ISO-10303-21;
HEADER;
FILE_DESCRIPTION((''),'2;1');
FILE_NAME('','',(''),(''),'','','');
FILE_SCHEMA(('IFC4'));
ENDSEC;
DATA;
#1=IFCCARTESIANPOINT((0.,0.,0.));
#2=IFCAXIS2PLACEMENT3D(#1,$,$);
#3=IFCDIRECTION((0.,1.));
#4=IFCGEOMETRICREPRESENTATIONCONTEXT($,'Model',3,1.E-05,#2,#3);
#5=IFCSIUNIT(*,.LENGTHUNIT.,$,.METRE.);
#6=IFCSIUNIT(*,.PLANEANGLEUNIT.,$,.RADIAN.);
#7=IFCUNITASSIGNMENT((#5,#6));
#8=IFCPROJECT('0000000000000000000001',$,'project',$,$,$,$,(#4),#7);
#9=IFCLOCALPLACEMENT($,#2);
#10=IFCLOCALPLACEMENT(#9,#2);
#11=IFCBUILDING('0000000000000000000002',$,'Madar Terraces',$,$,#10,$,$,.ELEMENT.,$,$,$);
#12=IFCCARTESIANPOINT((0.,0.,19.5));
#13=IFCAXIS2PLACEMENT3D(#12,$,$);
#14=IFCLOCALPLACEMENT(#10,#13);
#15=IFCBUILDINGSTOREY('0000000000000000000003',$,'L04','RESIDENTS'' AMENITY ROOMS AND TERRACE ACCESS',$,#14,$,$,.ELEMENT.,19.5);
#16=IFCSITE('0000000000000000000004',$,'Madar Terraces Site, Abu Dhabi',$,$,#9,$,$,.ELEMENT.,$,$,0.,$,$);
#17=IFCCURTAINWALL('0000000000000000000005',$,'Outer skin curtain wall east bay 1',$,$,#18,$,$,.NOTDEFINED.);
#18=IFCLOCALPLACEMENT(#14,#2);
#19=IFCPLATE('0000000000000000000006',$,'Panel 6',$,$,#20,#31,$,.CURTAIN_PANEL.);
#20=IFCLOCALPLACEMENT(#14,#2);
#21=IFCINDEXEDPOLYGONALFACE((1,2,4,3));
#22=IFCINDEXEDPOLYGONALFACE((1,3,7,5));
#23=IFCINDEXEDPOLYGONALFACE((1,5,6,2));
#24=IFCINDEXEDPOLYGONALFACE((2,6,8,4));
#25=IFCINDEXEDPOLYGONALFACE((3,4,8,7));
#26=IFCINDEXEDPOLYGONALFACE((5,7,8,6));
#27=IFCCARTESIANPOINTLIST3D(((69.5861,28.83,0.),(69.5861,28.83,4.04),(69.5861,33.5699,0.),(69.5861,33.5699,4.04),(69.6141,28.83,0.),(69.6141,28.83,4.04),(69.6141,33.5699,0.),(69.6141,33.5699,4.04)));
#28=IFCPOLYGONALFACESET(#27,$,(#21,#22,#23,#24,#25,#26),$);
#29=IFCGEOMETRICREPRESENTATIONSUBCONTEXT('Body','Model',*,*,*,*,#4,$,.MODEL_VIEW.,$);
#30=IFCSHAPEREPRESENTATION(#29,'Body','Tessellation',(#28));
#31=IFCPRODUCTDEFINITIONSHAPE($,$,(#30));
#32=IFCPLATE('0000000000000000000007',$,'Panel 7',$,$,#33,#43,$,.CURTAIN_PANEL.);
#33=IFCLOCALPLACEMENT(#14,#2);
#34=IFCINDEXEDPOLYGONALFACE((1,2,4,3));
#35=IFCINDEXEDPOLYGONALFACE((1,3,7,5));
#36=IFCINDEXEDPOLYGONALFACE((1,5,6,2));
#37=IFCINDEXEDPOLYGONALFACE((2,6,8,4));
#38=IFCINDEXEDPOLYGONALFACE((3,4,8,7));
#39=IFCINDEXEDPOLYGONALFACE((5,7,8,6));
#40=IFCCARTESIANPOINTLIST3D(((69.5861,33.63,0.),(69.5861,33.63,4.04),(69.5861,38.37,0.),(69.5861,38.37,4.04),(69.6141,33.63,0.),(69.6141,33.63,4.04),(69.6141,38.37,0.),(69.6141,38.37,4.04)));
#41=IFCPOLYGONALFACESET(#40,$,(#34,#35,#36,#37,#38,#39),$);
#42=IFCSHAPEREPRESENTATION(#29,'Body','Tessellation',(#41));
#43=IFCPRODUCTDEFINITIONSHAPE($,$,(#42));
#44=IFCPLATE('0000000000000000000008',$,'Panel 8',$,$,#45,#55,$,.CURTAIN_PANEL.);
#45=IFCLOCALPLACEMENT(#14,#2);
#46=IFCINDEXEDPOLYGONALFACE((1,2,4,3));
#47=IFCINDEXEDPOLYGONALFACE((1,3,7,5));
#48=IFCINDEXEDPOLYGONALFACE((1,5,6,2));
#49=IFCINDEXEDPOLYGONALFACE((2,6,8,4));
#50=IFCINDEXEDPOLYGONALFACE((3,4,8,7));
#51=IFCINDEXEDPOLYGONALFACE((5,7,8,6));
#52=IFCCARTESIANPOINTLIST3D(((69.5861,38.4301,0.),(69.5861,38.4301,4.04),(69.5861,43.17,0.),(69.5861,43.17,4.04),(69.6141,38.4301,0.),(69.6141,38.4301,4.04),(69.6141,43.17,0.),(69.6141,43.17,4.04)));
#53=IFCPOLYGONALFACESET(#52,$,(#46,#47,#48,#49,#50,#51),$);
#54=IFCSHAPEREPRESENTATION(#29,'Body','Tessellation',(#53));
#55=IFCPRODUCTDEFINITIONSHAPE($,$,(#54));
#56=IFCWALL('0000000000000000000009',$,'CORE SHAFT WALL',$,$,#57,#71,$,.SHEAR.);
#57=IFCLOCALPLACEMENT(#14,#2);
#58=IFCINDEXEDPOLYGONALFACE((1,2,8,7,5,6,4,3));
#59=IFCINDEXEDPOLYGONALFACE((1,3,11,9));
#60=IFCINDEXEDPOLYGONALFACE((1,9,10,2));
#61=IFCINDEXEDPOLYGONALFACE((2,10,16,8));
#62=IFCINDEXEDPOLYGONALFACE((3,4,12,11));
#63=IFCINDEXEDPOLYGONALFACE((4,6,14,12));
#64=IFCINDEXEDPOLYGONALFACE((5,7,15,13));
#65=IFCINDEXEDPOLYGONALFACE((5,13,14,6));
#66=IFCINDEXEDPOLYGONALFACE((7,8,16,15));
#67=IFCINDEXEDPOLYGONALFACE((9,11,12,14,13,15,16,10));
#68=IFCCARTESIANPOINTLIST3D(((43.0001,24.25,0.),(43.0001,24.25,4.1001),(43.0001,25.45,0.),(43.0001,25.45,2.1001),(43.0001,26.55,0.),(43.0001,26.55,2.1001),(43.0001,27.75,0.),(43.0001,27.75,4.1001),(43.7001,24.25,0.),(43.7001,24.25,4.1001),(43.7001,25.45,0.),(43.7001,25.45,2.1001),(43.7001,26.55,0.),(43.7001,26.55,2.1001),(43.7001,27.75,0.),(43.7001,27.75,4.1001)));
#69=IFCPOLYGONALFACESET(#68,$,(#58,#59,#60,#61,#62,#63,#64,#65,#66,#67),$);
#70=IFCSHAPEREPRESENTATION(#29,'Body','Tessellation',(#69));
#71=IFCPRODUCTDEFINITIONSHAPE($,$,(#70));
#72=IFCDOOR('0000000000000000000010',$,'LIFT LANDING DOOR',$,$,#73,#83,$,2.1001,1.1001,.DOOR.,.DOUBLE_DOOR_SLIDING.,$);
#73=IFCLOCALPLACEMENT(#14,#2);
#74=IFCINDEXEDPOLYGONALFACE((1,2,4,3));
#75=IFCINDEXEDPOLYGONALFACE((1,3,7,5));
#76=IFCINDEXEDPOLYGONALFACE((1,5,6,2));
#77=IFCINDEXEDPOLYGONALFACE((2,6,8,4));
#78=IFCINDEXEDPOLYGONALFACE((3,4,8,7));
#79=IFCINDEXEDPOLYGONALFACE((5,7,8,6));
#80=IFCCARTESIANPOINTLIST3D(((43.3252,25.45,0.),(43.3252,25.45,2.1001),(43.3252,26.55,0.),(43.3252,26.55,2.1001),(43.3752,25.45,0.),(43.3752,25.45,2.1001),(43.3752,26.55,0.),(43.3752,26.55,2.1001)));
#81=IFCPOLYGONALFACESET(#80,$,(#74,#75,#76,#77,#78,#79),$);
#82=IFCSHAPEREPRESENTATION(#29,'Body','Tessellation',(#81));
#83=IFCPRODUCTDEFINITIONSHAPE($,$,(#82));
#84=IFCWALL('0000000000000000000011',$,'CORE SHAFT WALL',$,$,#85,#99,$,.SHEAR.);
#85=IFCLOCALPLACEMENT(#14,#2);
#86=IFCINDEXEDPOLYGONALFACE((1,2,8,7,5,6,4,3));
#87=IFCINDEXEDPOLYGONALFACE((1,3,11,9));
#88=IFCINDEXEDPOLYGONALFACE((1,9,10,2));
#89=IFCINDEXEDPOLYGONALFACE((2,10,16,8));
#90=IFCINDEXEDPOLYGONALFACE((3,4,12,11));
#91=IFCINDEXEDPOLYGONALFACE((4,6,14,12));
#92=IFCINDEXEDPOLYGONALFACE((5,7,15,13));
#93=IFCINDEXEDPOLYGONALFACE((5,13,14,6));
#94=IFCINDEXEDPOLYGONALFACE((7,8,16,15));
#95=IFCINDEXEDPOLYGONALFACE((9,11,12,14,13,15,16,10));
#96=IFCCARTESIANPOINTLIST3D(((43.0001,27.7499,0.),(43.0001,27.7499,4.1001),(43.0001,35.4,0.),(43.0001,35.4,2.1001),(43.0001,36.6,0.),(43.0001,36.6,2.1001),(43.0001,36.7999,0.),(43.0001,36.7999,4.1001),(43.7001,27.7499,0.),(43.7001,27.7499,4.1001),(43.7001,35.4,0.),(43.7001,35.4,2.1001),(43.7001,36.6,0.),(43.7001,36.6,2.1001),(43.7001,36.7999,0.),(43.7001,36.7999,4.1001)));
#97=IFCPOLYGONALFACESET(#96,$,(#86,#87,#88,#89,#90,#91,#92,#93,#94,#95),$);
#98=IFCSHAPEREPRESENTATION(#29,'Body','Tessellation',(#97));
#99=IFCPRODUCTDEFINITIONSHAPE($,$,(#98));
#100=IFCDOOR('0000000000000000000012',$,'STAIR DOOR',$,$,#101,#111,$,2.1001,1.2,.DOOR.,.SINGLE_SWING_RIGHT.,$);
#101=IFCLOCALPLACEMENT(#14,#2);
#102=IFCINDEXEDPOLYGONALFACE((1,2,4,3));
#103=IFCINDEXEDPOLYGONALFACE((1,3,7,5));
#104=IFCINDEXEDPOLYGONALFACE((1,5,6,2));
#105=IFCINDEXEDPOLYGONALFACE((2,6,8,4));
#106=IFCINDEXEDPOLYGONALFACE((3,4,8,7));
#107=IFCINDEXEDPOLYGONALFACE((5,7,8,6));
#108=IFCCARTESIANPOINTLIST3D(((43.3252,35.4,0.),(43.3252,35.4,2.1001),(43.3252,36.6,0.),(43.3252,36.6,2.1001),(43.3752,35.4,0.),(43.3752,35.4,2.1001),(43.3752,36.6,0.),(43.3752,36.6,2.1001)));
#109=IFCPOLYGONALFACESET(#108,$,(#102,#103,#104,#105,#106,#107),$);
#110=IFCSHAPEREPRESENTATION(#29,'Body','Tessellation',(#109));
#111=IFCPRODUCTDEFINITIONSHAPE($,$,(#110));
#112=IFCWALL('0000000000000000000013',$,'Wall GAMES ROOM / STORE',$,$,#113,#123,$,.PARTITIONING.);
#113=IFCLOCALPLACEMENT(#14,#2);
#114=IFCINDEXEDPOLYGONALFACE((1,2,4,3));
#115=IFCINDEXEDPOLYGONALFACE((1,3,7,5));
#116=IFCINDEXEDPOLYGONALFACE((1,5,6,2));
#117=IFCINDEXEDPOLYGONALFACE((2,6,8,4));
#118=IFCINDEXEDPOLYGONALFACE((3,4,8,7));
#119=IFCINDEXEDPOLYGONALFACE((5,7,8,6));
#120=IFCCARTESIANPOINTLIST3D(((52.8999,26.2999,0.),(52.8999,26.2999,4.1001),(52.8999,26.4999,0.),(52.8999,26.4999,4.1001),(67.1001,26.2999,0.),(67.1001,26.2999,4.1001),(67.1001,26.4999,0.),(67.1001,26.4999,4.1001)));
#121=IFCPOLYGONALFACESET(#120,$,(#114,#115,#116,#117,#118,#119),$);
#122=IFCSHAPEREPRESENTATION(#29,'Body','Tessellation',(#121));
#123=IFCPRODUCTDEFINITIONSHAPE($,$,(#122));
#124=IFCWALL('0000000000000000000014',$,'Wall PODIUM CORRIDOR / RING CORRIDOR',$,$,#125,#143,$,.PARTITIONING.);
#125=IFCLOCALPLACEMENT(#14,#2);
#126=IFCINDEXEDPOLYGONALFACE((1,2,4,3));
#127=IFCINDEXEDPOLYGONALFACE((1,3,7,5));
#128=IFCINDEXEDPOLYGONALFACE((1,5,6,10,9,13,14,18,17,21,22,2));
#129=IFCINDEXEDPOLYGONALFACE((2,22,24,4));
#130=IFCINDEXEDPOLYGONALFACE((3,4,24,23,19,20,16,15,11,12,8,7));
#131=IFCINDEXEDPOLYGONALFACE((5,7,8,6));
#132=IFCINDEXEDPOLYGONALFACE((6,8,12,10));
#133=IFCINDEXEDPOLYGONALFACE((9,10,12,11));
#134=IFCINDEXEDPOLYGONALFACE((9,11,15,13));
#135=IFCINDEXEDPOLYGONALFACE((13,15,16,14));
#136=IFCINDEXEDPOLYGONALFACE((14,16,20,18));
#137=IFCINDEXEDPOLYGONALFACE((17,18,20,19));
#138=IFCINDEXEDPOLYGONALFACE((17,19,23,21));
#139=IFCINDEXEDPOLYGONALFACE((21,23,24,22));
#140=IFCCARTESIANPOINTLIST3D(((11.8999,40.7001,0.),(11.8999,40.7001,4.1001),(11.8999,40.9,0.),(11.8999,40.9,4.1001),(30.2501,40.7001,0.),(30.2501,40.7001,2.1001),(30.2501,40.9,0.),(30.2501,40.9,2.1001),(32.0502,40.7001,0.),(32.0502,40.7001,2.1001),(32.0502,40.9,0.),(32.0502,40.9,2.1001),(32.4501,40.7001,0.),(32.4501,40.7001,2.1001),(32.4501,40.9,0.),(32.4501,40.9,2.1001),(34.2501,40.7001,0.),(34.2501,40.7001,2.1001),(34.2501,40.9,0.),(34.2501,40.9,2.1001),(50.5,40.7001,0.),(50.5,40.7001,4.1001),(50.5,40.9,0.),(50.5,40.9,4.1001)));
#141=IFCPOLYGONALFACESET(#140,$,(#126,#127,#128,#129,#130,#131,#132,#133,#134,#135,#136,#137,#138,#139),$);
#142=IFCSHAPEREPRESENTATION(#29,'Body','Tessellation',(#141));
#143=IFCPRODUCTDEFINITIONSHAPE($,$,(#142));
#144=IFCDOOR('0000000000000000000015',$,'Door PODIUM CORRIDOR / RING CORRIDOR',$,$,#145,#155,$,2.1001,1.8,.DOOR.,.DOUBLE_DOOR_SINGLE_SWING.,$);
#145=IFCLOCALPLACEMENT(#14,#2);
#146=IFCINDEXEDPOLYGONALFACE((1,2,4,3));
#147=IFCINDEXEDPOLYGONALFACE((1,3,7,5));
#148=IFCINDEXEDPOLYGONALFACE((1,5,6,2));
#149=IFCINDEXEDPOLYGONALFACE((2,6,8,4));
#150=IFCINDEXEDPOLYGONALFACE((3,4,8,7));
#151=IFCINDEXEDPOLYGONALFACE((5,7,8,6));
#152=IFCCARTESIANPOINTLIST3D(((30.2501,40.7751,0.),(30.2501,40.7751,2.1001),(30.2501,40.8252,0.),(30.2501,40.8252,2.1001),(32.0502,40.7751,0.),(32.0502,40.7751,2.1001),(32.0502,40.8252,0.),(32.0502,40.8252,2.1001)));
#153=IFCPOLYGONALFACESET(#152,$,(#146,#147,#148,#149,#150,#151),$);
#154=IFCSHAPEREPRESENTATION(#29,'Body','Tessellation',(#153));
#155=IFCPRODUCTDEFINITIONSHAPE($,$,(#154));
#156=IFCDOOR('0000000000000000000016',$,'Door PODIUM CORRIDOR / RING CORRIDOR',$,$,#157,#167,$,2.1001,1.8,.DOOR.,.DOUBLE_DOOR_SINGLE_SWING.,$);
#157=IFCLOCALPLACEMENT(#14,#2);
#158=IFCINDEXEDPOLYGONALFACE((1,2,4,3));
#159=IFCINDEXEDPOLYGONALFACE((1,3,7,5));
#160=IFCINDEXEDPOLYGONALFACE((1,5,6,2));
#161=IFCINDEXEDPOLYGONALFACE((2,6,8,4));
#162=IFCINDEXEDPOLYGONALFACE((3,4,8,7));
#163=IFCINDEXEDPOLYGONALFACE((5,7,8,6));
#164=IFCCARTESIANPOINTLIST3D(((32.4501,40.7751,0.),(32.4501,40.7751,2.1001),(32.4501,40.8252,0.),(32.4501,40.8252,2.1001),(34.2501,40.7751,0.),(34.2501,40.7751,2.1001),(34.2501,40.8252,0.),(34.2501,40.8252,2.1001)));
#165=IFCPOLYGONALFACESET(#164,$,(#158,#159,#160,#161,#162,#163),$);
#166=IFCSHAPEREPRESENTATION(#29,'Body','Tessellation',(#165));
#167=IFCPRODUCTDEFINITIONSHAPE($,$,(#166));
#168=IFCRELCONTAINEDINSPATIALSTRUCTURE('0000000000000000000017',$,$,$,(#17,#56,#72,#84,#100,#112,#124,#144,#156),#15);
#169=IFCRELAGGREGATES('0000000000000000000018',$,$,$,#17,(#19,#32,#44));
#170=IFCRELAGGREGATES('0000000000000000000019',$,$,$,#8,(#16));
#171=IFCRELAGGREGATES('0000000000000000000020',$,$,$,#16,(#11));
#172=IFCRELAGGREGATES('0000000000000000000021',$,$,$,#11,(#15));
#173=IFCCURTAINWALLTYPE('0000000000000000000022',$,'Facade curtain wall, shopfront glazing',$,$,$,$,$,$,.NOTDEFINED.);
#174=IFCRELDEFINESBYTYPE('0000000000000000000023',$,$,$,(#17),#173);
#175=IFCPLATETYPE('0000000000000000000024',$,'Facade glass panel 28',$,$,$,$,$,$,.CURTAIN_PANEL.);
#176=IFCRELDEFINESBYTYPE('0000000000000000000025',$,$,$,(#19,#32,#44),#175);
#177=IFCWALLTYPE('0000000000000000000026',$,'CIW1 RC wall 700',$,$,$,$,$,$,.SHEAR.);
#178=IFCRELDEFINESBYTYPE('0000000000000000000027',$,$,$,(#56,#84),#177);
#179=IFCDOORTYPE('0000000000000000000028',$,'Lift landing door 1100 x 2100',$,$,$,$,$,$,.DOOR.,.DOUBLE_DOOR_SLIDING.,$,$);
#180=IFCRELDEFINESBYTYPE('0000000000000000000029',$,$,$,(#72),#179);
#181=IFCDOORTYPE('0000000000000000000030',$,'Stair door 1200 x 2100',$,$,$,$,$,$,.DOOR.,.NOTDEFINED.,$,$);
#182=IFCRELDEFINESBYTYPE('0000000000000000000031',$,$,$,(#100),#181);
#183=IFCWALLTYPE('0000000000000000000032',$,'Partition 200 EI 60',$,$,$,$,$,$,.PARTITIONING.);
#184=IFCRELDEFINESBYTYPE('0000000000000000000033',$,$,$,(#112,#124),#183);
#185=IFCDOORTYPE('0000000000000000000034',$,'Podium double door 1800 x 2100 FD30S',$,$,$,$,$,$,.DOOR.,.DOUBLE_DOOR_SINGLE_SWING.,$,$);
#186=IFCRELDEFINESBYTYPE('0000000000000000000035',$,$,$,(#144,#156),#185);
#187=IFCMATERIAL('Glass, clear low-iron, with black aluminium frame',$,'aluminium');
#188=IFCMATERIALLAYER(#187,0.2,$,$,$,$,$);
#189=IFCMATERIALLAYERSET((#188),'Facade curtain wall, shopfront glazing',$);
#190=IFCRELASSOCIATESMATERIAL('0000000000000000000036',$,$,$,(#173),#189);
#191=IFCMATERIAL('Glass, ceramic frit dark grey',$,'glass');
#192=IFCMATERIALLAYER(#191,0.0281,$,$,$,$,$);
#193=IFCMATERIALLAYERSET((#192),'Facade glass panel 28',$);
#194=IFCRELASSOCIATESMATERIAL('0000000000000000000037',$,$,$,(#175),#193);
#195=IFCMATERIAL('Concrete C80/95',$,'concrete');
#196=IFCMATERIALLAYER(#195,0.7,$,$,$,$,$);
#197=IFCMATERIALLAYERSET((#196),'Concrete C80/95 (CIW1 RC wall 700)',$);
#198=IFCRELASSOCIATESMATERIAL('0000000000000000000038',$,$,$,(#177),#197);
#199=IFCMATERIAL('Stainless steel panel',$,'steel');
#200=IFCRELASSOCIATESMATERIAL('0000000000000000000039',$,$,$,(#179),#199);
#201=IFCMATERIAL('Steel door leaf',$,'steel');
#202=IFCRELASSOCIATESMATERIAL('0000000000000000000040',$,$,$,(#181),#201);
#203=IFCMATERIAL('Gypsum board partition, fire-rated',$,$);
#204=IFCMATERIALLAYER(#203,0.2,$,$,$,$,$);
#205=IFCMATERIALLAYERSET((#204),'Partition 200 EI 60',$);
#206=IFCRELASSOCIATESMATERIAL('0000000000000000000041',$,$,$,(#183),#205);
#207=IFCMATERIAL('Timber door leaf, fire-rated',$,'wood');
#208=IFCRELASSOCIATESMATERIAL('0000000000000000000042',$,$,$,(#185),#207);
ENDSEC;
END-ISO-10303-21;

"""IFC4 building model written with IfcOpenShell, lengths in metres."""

from ifc_helpers import new_model, si_unit, direction, frame, frame_2d, origin, origin_2d, place, context, subcontext, project, spatial, rectangle, extrude, material, layer, layer_set, type_object, element, fill, aggregate, save


model = new_model("IFC4")

# Units and contexts
model_context = context("Model", 3, precision=1e-05, world=origin(), true_north=direction((0.0, 1.0)))
body_context = subcontext(model_context, "Body", "Model", "MODEL_VIEW")
ifc_project = project(units=[si_unit("LENGTHUNIT", "METRE"), si_unit("PLANEANGLEUNIT", "RADIAN")], contexts=[model_context])

# Site, building, storey
site_placement = place(None, origin())
site = spatial("IfcSite", under=ifc_project, at=site_placement, Name="Madar Terraces Site, Abu Dhabi", CompositionType="ELEMENT", RefElevation=0.0)
building_placement = place(site_placement, origin())
building = spatial("IfcBuilding", under=site, at=building_placement, Name="Madar Terraces", CompositionType="ELEMENT")
storey_placement = place(building_placement, frame((0.0, 0.0, 19.5)))
storey = spatial("IfcBuildingStorey", under=building, at=storey_placement, Name="L04", Description="RESIDENTS' AMENITY ROOMS AND TERRACE ACCESS", CompositionType="ELEMENT", Elevation=19.5)

# Curtain wall, plates
ifc_material_1 = material(Name="Glass, clear low-iron, with black aluminium frame", Category="aluminium")
ifc_layer_1 = layer(ifc_material_1, 0.2)
ifc_layer_set_1 = layer_set([ifc_layer_1], Name="Facade curtain wall, shopfront glazing")
curtain_wall_type = type_object("IfcCurtainWallType", Name="Facade curtain wall, shopfront glazing", PredefinedType="NOTDEFINED", material=ifc_layer_set_1)
curtain_wall_placement = place(storey_placement, origin())
curtain_wall = element("IfcCurtainWall", 1, at=curtain_wall_placement, inside=storey, type_object=curtain_wall_type, Name="Outer skin curtain wall east bay 1", PredefinedType="NOTDEFINED")
ifc_material_2 = material(Name="Glass, ceramic frit dark grey", Category="glass")
ifc_layer_2 = layer(ifc_material_2, 0.0281)
ifc_layer_set_2 = layer_set([ifc_layer_2], Name="Facade glass panel 28")
plate_type = type_object("IfcPlateType", Name="Facade glass panel 28", PredefinedType="CURTAIN_PANEL", material=ifc_layer_set_2)
plate_1_placement = place(storey_placement, frame((69.6001, 31.2, 0.0), z_axis=(0.0, 0.0, 1.0), x_axis=(0.0, 1.0, 0.0)))
plate_1 = element("IfcPlate", 2, at=plate_1_placement, type_object=plate_type, Name="Panel 6", PredefinedType="CURTAIN_PANEL", context=body_context, shape_type="SweptSolid", body=[
    extrude(rectangle(XDim=4.74, YDim=0.0281, at=origin_2d()), origin(), (0.0, 0.0, 1.0), 4.04),
])
plate_2_placement = place(storey_placement, frame((69.6001, 36.0, 0.0), z_axis=(0.0, 0.0, 1.0), x_axis=(0.0, 1.0, 0.0)))
plate_2 = element("IfcPlate", 3, at=plate_2_placement, type_object=plate_type, Name="Panel 7", PredefinedType="CURTAIN_PANEL", context=body_context, shape_type="SweptSolid", body=[
    extrude(rectangle(XDim=4.74, YDim=0.0281, at=origin_2d()), origin(), (0.0, 0.0, 1.0), 4.04),
])
plate_3_placement = place(storey_placement, frame((69.6001, 40.8, 0.0), z_axis=(0.0, 0.0, 1.0), x_axis=(0.0, 1.0, 0.0)))
plate_3 = element("IfcPlate", 4, at=plate_3_placement, type_object=plate_type, Name="Panel 8", PredefinedType="CURTAIN_PANEL", context=body_context, shape_type="SweptSolid", body=[
    extrude(rectangle(XDim=4.74, YDim=0.0281, at=origin_2d()), origin(), (0.0, 0.0, 1.0), 4.04),
])
aggregate(curtain_wall, [plate_1, plate_2, plate_3])

# Walls, openings, doors
ifc_material_3 = material(Name="Concrete C80/95", Category="concrete")
ifc_layer_3 = layer(ifc_material_3, 0.7)
ifc_layer_set_3 = layer_set([ifc_layer_3], Name="Concrete C80/95 (CIW1 RC wall 700)")
wall_type_1 = type_object("IfcWallType", Name="CIW1 RC wall 700", PredefinedType="SHEAR", material=ifc_layer_set_3)
wall_1_placement = place(storey_placement, frame((43.3501, 24.25, 0.0), z_axis=(0.0, 0.0, 1.0), x_axis=(0.0, 1.0, 0.0)))
wall_1 = element("IfcWall", 5, at=wall_1_placement, inside=storey, type_object=wall_type_1, Name="CORE SHAFT WALL", PredefinedType="SHEAR", context=body_context, shape_type="SweptSolid", body=[
    extrude(rectangle(XDim=3.5, YDim=0.7, at=frame_2d((1.75, 0.0))), origin(), (0.0, 0.0, 1.0), 4.1001),
])
opening_1_placement = place(wall_1_placement, frame((1.2, 0.0, 0.0)))
opening_1 = element("IfcOpeningElement", 6, at=opening_1_placement, cuts=wall_1, PredefinedType="OPENING", context=body_context, shape_type="SweptSolid", body=[
    extrude(rectangle(XDim=1.1001, YDim=2.1001, at=frame_2d((0.55, 1.05))), frame((0.0, 0.3599, 0.0), z_axis=(0.0, -1.0, 0.0), x_axis=(1.0, 0.0, 0.0)), (0.0, 0.0, 1.0), 0.72),
])
ifc_material_4 = material(Name="Stainless steel panel", Category="steel")
door_type_1 = type_object("IfcDoorType", Name="Lift landing door 1100 x 2100", OperationType="DOUBLE_DOOR_SLIDING", PredefinedType="DOOR", material=ifc_material_4)
door_1_placement = place(opening_1_placement, origin())
door_1 = element("IfcDoor", 7, at=door_1_placement, inside=storey, type_object=door_type_1, Name="LIFT LANDING DOOR", OperationType="DOUBLE_DOOR_SLIDING", OverallHeight=2.1001, OverallWidth=1.1001, PredefinedType="DOOR", context=body_context, shape_type="SweptSolid", body=[
    extrude(rectangle(XDim=1.1001, YDim=2.1001, at=frame_2d((0.55, 1.05))), frame((0.0, 0.0249, 0.0), z_axis=(0.0, -1.0, 0.0), x_axis=(1.0, 0.0, 0.0)), (0.0, 0.0, 1.0), 0.05),
])
fill(opening_1, door_1)
wall_2_placement = place(storey_placement, frame((43.3501, 27.75, 0.0), z_axis=(0.0, 0.0, 1.0), x_axis=(0.0, 1.0, 0.0)))
wall_2 = element("IfcWall", 8, at=wall_2_placement, inside=storey, type_object=wall_type_1, Name="CORE SHAFT WALL", PredefinedType="SHEAR", context=body_context, shape_type="SweptSolid", body=[
    extrude(rectangle(XDim=9.05, YDim=0.7, at=frame_2d((4.5249, 0.0))), origin(), (0.0, 0.0, 1.0), 4.1001),
])
opening_2_placement = place(wall_2_placement, frame((7.6499, 0.0, 0.0)))
opening_2 = element("IfcOpeningElement", 9, at=opening_2_placement, cuts=wall_2, PredefinedType="OPENING", context=body_context, shape_type="SweptSolid", body=[
    extrude(rectangle(XDim=1.2, YDim=2.1001, at=frame_2d((0.6001, 1.05))), frame((0.0, 0.3599, 0.0), z_axis=(0.0, -1.0, 0.0), x_axis=(1.0, 0.0, 0.0)), (0.0, 0.0, 1.0), 0.72),
])
ifc_material_5 = material(Name="Steel door leaf", Category="steel")
door_type_2 = type_object("IfcDoorType", Name="Stair door 1200 x 2100", OperationType="NOTDEFINED", PredefinedType="DOOR", material=ifc_material_5)
door_2_placement = place(opening_2_placement, origin())
door_2 = element("IfcDoor", 10, at=door_2_placement, inside=storey, type_object=door_type_2, Name="STAIR DOOR", OperationType="SINGLE_SWING_RIGHT", OverallHeight=2.1001, OverallWidth=1.2, PredefinedType="DOOR", context=body_context, shape_type="SweptSolid", body=[
    extrude(rectangle(XDim=1.2, YDim=2.1001, at=frame_2d((0.6001, 1.05))), frame((0.0, 0.0249, 0.0), z_axis=(0.0, -1.0, 0.0), x_axis=(1.0, 0.0, 0.0)), (0.0, 0.0, 1.0), 0.05),
])
fill(opening_2, door_2)

# Wall
ifc_material_6 = material(Name="Gypsum board partition, fire-rated")
ifc_layer_4 = layer(ifc_material_6, 0.2)
ifc_layer_set_4 = layer_set([ifc_layer_4], Name="Partition 200 EI 60")
wall_type_2 = type_object("IfcWallType", Name="Partition 200 EI 60", PredefinedType="PARTITIONING", material=ifc_layer_set_4)
wall_3_placement = place(storey_placement, frame((52.8999, 26.3999, 0.0), z_axis=(0.0, 0.0, 1.0), x_axis=(1.0, 0.0, 0.0)))
element("IfcWall", 11, at=wall_3_placement, inside=storey, type_object=wall_type_2, Name="Wall GAMES ROOM / STORE", PredefinedType="PARTITIONING", context=body_context, shape_type="SweptSolid", body=[
    extrude(rectangle(XDim=14.2002, YDim=0.2, at=frame_2d((7.1001, 0.0))), origin(), (0.0, 0.0, 1.0), 4.1001),
])

# Wall, openings, doors
wall_4_placement = place(storey_placement, frame((50.5, 40.8, 0.0), z_axis=(0.0, 0.0, 1.0), x_axis=(-1.0, 0.0, 0.0)))
wall_4 = element("IfcWall", 12, at=wall_4_placement, inside=storey, type_object=wall_type_2, Name="Wall PODIUM CORRIDOR / RING CORRIDOR", PredefinedType="PARTITIONING", context=body_context, shape_type="SweptSolid", body=[
    extrude(rectangle(XDim=38.6001, YDim=0.2, at=frame_2d((19.3, 0.0))), origin(), (0.0, 0.0, 1.0), 4.1001),
])
opening_3_placement = place(wall_4_placement, frame((18.45, 0.0, 0.0)))
opening_3 = element("IfcOpeningElement", 13, at=opening_3_placement, cuts=wall_4, PredefinedType="OPENING", context=body_context, shape_type="SweptSolid", body=[
    extrude(rectangle(XDim=1.8, YDim=2.1001, at=frame_2d((0.8999, 1.05))), frame((0.0, 0.1099, 0.0), z_axis=(0.0, -1.0, 0.0), x_axis=(1.0, 0.0, 0.0)), (0.0, 0.0, 1.0), 0.22),
])
opening_4_placement = place(wall_4_placement, frame((16.25, 0.0, 0.0)))
opening_4 = element("IfcOpeningElement", 14, at=opening_4_placement, cuts=wall_4, PredefinedType="OPENING", context=body_context, shape_type="SweptSolid", body=[
    extrude(rectangle(XDim=1.8, YDim=2.1001, at=frame_2d((0.8999, 1.05))), frame((0.0, 0.1099, 0.0), z_axis=(0.0, -1.0, 0.0), x_axis=(1.0, 0.0, 0.0)), (0.0, 0.0, 1.0), 0.22),
])
ifc_material_7 = material(Name="Timber door leaf, fire-rated", Category="wood")
door_type_3 = type_object("IfcDoorType", Name="Podium double door 1800 x 2100 FD30S", OperationType="DOUBLE_DOOR_SINGLE_SWING", PredefinedType="DOOR", material=ifc_material_7)
door_3_placement = place(opening_3_placement, origin())
door_3 = element("IfcDoor", 15, at=door_3_placement, inside=storey, type_object=door_type_3, Name="Door PODIUM CORRIDOR / RING CORRIDOR", OperationType="DOUBLE_DOOR_SINGLE_SWING", OverallHeight=2.1001, OverallWidth=1.8, PredefinedType="DOOR", context=body_context, shape_type="SweptSolid", body=[
    extrude(rectangle(XDim=1.8, YDim=2.1001, at=frame_2d((0.8999, 1.05))), frame((0.0, 0.0249, 0.0), z_axis=(0.0, -1.0, 0.0), x_axis=(1.0, 0.0, 0.0)), (0.0, 0.0, 1.0), 0.05),
])
fill(opening_3, door_3)
door_4_placement = place(opening_4_placement, origin())
door_4 = element("IfcDoor", 16, at=door_4_placement, inside=storey, type_object=door_type_3, Name="Door PODIUM CORRIDOR / RING CORRIDOR", OperationType="DOUBLE_DOOR_SINGLE_SWING", OverallHeight=2.1001, OverallWidth=1.8, PredefinedType="DOOR", context=body_context, shape_type="SweptSolid", body=[
    extrude(rectangle(XDim=1.8, YDim=2.1001, at=frame_2d((0.8999, 1.05))), frame((0.0, 0.0249, 0.0), z_axis=(0.0, -1.0, 0.0), x_axis=(1.0, 0.0, 0.0)), (0.0, 0.0, 1.0), 0.05),
])
fill(opening_4, door_4)

save(model, "model.ifc")
